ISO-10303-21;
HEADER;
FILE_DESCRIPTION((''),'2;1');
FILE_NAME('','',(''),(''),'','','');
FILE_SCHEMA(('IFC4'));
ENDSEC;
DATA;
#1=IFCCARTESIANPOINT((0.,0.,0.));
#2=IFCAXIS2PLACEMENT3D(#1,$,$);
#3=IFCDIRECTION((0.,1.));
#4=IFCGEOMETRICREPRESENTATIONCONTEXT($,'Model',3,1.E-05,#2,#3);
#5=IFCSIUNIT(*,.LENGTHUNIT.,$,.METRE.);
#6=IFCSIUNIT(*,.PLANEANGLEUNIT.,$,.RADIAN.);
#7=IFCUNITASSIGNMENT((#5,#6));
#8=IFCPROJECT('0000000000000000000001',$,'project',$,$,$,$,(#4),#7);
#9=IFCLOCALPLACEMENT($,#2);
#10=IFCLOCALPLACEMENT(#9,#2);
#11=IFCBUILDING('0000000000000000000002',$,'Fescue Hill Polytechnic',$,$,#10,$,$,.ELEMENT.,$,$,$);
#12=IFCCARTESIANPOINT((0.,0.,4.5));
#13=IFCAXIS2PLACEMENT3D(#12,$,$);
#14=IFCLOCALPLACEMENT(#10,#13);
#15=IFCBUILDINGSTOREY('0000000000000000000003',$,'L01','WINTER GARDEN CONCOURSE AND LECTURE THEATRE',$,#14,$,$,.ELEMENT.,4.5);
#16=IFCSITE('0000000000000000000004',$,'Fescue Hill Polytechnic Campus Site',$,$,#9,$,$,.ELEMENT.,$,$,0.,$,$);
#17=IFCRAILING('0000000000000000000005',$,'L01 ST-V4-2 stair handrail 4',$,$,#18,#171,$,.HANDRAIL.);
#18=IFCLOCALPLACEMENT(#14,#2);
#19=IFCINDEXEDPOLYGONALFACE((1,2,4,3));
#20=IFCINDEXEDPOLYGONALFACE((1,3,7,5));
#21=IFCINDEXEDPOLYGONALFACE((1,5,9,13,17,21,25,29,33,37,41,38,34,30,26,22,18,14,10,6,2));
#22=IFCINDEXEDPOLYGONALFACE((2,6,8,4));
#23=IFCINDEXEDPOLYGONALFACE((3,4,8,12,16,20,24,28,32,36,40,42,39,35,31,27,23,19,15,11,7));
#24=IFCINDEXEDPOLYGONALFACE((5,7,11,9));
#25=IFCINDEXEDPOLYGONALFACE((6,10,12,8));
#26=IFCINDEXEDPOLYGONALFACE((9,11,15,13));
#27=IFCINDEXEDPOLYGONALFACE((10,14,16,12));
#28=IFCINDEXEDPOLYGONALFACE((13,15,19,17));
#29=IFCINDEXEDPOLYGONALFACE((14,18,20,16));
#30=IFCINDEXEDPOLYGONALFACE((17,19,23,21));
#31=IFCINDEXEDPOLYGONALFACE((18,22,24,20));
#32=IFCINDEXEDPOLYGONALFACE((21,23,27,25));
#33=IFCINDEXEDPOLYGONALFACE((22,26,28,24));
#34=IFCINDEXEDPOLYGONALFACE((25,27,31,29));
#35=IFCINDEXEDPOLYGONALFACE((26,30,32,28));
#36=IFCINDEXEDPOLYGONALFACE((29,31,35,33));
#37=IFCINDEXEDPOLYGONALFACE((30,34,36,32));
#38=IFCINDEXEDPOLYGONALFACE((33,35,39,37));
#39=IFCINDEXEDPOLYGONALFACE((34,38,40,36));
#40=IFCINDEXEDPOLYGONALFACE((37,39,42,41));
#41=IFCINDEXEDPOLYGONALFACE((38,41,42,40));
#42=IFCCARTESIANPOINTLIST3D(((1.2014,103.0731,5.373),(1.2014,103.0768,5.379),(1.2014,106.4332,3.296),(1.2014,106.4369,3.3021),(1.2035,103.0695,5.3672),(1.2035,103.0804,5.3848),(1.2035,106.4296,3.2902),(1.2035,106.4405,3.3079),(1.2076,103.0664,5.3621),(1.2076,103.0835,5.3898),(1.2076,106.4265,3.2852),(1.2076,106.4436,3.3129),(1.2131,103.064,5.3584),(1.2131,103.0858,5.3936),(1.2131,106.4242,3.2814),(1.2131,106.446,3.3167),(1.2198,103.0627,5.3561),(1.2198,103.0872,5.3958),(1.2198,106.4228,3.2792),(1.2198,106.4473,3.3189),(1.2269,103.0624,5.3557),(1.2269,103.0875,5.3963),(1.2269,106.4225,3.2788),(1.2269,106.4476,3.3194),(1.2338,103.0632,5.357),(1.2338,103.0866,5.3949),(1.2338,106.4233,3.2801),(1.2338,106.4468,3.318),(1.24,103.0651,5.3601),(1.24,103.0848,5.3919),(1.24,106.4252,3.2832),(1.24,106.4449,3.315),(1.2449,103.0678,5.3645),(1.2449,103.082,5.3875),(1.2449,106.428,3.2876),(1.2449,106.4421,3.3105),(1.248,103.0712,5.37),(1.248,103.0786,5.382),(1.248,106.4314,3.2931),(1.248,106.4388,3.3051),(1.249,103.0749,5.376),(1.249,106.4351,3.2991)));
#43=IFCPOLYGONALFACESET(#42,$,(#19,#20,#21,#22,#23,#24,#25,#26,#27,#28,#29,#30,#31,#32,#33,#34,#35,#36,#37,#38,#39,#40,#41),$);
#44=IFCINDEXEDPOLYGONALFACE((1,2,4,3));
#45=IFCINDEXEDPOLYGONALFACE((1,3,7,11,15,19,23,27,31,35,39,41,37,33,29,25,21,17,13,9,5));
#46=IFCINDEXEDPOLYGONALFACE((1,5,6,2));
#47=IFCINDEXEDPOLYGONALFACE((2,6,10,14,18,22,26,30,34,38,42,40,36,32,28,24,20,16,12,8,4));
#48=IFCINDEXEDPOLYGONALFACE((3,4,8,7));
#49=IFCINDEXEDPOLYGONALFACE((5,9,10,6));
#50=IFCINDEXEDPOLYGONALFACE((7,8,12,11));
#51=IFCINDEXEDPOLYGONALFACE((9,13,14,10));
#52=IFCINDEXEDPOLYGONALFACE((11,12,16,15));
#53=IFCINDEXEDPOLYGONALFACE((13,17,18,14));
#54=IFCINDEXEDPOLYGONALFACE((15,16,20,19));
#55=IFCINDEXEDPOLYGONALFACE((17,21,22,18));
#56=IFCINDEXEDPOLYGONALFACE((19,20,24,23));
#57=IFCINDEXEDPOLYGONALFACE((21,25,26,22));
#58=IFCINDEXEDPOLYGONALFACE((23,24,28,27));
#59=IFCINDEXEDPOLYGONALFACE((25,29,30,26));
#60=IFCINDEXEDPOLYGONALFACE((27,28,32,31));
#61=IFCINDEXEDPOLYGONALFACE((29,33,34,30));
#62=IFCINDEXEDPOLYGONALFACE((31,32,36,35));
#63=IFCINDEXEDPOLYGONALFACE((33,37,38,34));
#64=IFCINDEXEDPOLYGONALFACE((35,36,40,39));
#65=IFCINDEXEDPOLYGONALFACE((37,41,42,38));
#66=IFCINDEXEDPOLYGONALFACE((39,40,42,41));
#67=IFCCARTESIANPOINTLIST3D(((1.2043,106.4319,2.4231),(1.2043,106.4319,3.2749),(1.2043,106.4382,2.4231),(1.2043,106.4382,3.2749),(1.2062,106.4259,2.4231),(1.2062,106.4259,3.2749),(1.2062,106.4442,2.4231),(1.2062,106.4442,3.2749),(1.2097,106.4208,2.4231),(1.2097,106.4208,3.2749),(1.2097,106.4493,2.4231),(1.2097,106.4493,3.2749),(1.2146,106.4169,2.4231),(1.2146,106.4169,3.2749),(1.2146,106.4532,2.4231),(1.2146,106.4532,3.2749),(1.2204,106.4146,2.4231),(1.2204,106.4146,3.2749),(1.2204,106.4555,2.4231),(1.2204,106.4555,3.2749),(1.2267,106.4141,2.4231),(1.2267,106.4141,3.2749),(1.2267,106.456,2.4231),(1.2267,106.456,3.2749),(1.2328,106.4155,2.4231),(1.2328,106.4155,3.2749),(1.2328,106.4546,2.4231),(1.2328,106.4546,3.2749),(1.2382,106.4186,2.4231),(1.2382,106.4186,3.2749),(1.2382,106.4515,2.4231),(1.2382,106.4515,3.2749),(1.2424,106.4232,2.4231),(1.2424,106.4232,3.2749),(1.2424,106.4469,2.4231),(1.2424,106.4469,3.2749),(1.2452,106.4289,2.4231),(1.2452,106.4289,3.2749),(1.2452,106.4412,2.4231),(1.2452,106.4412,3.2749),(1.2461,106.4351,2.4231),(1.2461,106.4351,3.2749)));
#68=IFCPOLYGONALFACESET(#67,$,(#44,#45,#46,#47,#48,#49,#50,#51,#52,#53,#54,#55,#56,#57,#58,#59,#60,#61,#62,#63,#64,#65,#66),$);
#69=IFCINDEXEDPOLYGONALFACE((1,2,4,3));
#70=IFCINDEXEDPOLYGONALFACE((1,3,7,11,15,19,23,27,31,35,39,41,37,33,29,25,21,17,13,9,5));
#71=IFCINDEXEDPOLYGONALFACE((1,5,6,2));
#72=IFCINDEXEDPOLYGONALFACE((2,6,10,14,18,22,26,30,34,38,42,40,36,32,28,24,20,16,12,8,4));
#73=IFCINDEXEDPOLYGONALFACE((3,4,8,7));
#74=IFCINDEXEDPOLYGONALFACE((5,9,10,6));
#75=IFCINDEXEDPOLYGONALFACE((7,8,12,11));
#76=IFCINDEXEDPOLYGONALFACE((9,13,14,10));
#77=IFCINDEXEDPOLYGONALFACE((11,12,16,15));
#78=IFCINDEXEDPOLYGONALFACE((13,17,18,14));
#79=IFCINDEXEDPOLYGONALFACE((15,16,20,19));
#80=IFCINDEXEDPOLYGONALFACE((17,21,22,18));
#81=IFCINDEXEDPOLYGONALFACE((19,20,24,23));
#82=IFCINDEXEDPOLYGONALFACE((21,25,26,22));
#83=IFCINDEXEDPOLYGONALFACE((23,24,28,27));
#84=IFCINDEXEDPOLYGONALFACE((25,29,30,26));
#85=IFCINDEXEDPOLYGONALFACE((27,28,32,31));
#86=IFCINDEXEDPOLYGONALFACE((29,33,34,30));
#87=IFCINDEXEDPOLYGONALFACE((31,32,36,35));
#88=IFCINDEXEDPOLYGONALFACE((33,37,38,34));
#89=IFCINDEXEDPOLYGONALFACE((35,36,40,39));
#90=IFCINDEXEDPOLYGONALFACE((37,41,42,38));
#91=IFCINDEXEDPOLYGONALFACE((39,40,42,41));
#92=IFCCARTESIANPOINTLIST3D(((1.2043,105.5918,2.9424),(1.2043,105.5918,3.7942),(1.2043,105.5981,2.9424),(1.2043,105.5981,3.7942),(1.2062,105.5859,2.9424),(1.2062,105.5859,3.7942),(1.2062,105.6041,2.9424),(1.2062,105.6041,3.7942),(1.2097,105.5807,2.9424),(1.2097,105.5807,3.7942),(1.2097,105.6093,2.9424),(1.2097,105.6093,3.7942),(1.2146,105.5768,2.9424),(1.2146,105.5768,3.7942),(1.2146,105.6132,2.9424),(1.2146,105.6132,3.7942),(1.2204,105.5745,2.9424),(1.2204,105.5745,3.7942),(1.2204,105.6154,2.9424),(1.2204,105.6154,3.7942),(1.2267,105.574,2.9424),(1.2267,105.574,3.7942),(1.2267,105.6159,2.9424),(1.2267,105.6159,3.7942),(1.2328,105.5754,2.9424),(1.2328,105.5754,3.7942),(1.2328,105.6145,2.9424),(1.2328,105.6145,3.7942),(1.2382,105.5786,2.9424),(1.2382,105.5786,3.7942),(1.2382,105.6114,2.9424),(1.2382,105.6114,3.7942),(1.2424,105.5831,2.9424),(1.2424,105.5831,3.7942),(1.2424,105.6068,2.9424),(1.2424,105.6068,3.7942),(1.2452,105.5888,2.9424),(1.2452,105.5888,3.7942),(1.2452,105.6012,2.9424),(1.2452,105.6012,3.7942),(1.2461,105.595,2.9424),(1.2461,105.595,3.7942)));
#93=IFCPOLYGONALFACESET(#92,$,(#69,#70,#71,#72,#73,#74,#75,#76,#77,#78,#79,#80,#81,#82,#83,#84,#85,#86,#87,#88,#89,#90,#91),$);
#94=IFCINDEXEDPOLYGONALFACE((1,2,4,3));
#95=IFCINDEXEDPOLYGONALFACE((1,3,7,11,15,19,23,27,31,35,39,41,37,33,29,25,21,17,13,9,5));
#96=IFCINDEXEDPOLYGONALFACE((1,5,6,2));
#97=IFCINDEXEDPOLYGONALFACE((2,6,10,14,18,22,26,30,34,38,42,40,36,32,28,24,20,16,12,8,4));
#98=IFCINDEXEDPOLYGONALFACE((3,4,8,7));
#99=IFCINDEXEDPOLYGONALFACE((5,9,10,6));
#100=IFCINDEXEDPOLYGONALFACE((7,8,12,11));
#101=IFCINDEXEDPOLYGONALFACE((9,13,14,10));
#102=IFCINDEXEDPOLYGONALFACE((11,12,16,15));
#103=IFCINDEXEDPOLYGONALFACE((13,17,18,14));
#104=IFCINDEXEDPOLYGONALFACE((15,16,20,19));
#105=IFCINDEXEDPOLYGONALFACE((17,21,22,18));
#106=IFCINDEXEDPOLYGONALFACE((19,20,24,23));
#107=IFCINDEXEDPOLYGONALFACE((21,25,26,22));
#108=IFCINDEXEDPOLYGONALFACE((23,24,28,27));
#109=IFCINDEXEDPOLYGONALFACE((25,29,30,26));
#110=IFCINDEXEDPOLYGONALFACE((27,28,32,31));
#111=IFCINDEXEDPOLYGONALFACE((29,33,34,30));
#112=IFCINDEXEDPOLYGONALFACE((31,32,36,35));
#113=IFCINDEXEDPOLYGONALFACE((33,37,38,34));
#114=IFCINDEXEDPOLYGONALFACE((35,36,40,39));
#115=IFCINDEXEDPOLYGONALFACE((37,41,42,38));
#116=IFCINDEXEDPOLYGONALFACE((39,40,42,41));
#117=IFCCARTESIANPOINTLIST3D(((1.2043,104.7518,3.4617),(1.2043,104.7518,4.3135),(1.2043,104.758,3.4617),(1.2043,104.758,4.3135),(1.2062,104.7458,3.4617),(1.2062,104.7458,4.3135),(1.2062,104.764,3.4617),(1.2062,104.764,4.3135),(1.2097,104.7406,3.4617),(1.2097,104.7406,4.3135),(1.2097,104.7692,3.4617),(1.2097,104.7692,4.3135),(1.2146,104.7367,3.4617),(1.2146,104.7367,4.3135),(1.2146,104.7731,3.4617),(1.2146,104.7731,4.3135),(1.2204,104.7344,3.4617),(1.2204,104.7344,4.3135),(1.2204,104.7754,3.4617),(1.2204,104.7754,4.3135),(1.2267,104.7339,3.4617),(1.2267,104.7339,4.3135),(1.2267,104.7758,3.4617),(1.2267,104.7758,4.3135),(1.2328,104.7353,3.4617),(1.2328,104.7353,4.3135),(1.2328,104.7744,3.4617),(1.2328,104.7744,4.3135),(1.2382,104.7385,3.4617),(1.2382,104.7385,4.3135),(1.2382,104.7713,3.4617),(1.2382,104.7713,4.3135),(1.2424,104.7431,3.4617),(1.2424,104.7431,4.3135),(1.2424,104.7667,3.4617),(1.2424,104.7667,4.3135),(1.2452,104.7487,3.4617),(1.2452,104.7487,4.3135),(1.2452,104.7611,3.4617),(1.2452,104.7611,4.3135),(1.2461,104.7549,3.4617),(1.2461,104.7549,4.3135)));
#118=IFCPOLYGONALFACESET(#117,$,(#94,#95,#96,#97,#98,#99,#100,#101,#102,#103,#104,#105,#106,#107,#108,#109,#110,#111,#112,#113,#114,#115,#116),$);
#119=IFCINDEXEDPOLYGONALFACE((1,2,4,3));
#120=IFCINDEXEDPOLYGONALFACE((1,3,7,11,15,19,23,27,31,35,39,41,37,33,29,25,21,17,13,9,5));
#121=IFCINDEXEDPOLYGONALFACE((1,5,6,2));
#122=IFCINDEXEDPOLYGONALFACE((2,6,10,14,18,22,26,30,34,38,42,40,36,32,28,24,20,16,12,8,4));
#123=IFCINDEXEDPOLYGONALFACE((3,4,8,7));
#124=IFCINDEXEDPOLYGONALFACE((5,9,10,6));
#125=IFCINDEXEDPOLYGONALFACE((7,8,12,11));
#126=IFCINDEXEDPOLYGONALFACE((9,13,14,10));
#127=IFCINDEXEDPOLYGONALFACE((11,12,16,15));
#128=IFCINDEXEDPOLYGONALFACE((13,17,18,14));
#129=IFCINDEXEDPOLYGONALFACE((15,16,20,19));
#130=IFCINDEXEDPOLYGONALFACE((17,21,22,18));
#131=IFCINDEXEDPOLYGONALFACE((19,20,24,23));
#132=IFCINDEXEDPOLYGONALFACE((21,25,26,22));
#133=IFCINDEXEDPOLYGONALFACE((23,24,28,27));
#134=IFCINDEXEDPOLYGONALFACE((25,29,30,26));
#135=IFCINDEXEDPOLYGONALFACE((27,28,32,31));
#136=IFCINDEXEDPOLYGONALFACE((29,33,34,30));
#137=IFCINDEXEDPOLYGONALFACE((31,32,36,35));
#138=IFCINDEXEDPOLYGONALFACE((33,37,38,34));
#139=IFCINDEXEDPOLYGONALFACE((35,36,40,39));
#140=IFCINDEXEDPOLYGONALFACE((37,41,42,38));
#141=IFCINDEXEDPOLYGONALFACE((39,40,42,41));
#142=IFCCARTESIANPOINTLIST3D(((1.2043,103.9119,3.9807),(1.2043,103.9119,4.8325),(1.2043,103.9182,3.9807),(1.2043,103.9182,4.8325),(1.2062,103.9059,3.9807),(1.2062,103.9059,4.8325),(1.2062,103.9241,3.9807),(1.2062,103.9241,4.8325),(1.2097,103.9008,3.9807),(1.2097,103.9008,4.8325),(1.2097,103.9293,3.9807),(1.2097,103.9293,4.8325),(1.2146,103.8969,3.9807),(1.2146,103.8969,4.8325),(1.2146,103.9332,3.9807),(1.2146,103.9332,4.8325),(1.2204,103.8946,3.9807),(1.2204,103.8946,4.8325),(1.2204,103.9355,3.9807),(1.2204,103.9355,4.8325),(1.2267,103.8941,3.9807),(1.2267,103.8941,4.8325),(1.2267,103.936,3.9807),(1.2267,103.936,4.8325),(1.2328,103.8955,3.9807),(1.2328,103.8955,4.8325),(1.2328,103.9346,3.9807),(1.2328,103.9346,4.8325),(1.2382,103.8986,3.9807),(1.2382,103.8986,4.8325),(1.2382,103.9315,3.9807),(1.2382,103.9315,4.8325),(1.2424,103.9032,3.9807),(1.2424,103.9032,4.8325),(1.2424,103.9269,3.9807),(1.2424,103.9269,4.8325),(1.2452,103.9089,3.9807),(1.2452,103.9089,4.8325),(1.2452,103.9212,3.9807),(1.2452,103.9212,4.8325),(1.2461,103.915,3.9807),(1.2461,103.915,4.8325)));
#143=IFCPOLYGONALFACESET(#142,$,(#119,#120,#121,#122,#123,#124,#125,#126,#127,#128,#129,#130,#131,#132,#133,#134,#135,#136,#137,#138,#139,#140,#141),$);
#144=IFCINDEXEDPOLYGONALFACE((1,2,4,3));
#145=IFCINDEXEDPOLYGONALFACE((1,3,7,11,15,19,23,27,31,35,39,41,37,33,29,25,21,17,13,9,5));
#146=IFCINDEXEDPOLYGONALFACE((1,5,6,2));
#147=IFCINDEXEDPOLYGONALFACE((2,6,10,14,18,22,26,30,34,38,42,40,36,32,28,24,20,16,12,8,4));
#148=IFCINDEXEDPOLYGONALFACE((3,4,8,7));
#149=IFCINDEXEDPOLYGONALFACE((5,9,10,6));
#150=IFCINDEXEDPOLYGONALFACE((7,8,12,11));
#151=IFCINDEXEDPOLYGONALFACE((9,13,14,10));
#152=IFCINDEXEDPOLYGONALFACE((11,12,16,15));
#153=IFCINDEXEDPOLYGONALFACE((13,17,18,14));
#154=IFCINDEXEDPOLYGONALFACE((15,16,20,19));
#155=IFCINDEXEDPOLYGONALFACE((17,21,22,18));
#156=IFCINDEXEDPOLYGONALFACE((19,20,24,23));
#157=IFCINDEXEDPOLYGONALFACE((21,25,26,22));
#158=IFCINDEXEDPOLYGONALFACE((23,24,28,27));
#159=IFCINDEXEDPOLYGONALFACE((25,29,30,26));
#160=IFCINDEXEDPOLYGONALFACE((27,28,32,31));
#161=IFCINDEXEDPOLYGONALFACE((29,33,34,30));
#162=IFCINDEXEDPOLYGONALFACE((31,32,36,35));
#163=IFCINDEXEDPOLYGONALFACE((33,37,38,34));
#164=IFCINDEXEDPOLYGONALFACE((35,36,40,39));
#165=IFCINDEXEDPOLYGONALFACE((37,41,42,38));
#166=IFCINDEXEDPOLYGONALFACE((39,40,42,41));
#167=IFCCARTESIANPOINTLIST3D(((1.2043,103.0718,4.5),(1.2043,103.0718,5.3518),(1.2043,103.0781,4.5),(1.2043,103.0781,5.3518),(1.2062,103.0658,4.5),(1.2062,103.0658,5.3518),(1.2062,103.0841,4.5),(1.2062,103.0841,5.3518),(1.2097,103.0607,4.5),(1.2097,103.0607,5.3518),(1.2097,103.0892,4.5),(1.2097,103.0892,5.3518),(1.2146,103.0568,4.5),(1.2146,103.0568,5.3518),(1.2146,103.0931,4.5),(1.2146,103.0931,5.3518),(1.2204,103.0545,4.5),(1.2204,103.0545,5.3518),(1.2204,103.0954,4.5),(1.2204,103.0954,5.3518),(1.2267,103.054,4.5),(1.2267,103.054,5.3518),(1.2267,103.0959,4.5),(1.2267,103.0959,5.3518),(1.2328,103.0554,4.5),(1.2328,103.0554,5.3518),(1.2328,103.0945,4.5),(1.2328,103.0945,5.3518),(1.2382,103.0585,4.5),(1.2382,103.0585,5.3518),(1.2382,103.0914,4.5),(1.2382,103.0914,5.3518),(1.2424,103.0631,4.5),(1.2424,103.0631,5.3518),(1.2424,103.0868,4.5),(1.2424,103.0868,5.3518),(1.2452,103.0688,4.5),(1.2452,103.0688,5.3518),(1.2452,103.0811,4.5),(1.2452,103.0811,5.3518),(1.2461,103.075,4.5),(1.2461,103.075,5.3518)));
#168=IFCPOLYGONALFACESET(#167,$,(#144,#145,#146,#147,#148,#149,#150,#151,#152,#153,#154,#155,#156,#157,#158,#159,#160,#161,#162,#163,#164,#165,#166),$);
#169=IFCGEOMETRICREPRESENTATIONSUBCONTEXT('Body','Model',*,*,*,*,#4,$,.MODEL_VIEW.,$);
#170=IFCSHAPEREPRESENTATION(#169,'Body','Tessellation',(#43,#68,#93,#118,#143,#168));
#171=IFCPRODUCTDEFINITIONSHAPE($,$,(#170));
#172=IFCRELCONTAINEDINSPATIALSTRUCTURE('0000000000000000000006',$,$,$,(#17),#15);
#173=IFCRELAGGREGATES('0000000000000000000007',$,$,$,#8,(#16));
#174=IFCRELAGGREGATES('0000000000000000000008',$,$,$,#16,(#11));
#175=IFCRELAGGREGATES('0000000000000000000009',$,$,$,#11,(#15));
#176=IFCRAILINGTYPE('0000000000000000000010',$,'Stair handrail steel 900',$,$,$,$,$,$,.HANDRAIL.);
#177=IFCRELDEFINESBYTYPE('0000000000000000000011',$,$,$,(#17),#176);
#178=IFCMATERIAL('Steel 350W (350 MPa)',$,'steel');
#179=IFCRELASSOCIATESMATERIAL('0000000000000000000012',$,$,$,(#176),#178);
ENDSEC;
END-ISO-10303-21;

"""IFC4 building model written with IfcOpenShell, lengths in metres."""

from ifc_helpers import new_model, si_unit, direction, frame, origin, origin_2d, place, context, subcontext, project, spatial, circle, extrude, material, type_object, element, save


model = new_model("IFC4")

# Units and contexts
model_context = context("Model", 3, precision=1e-05, world=origin(), true_north=direction((0.0, 1.0)))
body_context = subcontext(model_context, "Body", "Model", "MODEL_VIEW")
ifc_project = project(units=[si_unit("LENGTHUNIT", "METRE"), si_unit("PLANEANGLEUNIT", "RADIAN")], contexts=[model_context])

# Site, building, storey
site_placement = place(None, origin())
site = spatial("IfcSite", under=ifc_project, at=site_placement, Name="Fescue Hill Polytechnic Campus Site", CompositionType="ELEMENT", RefElevation=0.0)
building_placement = place(site_placement, origin())
building = spatial("IfcBuilding", under=site, at=building_placement, Name="Fescue Hill Polytechnic", CompositionType="ELEMENT")
storey_placement = place(building_placement, frame((0.0, 0.0, 4.5)))
storey = spatial("IfcBuildingStorey", under=building, at=storey_placement, Name="L01", Description="WINTER GARDEN CONCOURSE AND LECTURE THEATRE", CompositionType="ELEMENT", Elevation=4.5)

# Railing
ifc_material_1 = material(Name="Steel 350W (350 MPa)", Category="steel")
railing_type_1 = type_object("IfcRailingType", Name="Stair handrail steel 900", PredefinedType="HANDRAIL", material=ifc_material_1)
railing_1_placement = place(storey_placement, frame((1.2251, 106.4351, 2.4231)))
element("IfcRailing", 1, at=railing_1_placement, inside=storey, type_object=railing_type_1, Name="L01 ST-V4-2 stair handrail 4", PredefinedType="HANDRAIL", context=body_context, shape_type="SweptSolid", body=[
    extrude(circle(Radius=0.0239, at=origin_2d()), frame((0.0, 0.0, 0.876), z_axis=(0.0, -0.850623, 0.525776), x_axis=(1.0, 0.0, 0.0)), (0.0, 0.0, 1.0), 3.9502),
    extrude(circle(Radius=0.021, at=origin_2d()), origin(), (0.0, 0.0, 1.0), 0.8518),
    extrude(circle(Radius=0.021, at=origin_2d()), frame((0.0, -0.8401, 0.5193)), (0.0, 0.0, 1.0), 0.8518),
    extrude(circle(Radius=0.021, at=origin_2d()), frame((0.0, -1.6802, 1.0386)), (0.0, 0.0, 1.0), 0.8518),
    extrude(circle(Radius=0.021, at=origin_2d()), frame((0.0, -2.52, 1.5576)), (0.0, 0.0, 1.0), 0.8518),
    extrude(circle(Radius=0.021, at=origin_2d()), frame((0.0, -3.3601, 2.0769)), (0.0, 0.0, 1.0), 0.8518),
])

save(model, "model.ifc")
